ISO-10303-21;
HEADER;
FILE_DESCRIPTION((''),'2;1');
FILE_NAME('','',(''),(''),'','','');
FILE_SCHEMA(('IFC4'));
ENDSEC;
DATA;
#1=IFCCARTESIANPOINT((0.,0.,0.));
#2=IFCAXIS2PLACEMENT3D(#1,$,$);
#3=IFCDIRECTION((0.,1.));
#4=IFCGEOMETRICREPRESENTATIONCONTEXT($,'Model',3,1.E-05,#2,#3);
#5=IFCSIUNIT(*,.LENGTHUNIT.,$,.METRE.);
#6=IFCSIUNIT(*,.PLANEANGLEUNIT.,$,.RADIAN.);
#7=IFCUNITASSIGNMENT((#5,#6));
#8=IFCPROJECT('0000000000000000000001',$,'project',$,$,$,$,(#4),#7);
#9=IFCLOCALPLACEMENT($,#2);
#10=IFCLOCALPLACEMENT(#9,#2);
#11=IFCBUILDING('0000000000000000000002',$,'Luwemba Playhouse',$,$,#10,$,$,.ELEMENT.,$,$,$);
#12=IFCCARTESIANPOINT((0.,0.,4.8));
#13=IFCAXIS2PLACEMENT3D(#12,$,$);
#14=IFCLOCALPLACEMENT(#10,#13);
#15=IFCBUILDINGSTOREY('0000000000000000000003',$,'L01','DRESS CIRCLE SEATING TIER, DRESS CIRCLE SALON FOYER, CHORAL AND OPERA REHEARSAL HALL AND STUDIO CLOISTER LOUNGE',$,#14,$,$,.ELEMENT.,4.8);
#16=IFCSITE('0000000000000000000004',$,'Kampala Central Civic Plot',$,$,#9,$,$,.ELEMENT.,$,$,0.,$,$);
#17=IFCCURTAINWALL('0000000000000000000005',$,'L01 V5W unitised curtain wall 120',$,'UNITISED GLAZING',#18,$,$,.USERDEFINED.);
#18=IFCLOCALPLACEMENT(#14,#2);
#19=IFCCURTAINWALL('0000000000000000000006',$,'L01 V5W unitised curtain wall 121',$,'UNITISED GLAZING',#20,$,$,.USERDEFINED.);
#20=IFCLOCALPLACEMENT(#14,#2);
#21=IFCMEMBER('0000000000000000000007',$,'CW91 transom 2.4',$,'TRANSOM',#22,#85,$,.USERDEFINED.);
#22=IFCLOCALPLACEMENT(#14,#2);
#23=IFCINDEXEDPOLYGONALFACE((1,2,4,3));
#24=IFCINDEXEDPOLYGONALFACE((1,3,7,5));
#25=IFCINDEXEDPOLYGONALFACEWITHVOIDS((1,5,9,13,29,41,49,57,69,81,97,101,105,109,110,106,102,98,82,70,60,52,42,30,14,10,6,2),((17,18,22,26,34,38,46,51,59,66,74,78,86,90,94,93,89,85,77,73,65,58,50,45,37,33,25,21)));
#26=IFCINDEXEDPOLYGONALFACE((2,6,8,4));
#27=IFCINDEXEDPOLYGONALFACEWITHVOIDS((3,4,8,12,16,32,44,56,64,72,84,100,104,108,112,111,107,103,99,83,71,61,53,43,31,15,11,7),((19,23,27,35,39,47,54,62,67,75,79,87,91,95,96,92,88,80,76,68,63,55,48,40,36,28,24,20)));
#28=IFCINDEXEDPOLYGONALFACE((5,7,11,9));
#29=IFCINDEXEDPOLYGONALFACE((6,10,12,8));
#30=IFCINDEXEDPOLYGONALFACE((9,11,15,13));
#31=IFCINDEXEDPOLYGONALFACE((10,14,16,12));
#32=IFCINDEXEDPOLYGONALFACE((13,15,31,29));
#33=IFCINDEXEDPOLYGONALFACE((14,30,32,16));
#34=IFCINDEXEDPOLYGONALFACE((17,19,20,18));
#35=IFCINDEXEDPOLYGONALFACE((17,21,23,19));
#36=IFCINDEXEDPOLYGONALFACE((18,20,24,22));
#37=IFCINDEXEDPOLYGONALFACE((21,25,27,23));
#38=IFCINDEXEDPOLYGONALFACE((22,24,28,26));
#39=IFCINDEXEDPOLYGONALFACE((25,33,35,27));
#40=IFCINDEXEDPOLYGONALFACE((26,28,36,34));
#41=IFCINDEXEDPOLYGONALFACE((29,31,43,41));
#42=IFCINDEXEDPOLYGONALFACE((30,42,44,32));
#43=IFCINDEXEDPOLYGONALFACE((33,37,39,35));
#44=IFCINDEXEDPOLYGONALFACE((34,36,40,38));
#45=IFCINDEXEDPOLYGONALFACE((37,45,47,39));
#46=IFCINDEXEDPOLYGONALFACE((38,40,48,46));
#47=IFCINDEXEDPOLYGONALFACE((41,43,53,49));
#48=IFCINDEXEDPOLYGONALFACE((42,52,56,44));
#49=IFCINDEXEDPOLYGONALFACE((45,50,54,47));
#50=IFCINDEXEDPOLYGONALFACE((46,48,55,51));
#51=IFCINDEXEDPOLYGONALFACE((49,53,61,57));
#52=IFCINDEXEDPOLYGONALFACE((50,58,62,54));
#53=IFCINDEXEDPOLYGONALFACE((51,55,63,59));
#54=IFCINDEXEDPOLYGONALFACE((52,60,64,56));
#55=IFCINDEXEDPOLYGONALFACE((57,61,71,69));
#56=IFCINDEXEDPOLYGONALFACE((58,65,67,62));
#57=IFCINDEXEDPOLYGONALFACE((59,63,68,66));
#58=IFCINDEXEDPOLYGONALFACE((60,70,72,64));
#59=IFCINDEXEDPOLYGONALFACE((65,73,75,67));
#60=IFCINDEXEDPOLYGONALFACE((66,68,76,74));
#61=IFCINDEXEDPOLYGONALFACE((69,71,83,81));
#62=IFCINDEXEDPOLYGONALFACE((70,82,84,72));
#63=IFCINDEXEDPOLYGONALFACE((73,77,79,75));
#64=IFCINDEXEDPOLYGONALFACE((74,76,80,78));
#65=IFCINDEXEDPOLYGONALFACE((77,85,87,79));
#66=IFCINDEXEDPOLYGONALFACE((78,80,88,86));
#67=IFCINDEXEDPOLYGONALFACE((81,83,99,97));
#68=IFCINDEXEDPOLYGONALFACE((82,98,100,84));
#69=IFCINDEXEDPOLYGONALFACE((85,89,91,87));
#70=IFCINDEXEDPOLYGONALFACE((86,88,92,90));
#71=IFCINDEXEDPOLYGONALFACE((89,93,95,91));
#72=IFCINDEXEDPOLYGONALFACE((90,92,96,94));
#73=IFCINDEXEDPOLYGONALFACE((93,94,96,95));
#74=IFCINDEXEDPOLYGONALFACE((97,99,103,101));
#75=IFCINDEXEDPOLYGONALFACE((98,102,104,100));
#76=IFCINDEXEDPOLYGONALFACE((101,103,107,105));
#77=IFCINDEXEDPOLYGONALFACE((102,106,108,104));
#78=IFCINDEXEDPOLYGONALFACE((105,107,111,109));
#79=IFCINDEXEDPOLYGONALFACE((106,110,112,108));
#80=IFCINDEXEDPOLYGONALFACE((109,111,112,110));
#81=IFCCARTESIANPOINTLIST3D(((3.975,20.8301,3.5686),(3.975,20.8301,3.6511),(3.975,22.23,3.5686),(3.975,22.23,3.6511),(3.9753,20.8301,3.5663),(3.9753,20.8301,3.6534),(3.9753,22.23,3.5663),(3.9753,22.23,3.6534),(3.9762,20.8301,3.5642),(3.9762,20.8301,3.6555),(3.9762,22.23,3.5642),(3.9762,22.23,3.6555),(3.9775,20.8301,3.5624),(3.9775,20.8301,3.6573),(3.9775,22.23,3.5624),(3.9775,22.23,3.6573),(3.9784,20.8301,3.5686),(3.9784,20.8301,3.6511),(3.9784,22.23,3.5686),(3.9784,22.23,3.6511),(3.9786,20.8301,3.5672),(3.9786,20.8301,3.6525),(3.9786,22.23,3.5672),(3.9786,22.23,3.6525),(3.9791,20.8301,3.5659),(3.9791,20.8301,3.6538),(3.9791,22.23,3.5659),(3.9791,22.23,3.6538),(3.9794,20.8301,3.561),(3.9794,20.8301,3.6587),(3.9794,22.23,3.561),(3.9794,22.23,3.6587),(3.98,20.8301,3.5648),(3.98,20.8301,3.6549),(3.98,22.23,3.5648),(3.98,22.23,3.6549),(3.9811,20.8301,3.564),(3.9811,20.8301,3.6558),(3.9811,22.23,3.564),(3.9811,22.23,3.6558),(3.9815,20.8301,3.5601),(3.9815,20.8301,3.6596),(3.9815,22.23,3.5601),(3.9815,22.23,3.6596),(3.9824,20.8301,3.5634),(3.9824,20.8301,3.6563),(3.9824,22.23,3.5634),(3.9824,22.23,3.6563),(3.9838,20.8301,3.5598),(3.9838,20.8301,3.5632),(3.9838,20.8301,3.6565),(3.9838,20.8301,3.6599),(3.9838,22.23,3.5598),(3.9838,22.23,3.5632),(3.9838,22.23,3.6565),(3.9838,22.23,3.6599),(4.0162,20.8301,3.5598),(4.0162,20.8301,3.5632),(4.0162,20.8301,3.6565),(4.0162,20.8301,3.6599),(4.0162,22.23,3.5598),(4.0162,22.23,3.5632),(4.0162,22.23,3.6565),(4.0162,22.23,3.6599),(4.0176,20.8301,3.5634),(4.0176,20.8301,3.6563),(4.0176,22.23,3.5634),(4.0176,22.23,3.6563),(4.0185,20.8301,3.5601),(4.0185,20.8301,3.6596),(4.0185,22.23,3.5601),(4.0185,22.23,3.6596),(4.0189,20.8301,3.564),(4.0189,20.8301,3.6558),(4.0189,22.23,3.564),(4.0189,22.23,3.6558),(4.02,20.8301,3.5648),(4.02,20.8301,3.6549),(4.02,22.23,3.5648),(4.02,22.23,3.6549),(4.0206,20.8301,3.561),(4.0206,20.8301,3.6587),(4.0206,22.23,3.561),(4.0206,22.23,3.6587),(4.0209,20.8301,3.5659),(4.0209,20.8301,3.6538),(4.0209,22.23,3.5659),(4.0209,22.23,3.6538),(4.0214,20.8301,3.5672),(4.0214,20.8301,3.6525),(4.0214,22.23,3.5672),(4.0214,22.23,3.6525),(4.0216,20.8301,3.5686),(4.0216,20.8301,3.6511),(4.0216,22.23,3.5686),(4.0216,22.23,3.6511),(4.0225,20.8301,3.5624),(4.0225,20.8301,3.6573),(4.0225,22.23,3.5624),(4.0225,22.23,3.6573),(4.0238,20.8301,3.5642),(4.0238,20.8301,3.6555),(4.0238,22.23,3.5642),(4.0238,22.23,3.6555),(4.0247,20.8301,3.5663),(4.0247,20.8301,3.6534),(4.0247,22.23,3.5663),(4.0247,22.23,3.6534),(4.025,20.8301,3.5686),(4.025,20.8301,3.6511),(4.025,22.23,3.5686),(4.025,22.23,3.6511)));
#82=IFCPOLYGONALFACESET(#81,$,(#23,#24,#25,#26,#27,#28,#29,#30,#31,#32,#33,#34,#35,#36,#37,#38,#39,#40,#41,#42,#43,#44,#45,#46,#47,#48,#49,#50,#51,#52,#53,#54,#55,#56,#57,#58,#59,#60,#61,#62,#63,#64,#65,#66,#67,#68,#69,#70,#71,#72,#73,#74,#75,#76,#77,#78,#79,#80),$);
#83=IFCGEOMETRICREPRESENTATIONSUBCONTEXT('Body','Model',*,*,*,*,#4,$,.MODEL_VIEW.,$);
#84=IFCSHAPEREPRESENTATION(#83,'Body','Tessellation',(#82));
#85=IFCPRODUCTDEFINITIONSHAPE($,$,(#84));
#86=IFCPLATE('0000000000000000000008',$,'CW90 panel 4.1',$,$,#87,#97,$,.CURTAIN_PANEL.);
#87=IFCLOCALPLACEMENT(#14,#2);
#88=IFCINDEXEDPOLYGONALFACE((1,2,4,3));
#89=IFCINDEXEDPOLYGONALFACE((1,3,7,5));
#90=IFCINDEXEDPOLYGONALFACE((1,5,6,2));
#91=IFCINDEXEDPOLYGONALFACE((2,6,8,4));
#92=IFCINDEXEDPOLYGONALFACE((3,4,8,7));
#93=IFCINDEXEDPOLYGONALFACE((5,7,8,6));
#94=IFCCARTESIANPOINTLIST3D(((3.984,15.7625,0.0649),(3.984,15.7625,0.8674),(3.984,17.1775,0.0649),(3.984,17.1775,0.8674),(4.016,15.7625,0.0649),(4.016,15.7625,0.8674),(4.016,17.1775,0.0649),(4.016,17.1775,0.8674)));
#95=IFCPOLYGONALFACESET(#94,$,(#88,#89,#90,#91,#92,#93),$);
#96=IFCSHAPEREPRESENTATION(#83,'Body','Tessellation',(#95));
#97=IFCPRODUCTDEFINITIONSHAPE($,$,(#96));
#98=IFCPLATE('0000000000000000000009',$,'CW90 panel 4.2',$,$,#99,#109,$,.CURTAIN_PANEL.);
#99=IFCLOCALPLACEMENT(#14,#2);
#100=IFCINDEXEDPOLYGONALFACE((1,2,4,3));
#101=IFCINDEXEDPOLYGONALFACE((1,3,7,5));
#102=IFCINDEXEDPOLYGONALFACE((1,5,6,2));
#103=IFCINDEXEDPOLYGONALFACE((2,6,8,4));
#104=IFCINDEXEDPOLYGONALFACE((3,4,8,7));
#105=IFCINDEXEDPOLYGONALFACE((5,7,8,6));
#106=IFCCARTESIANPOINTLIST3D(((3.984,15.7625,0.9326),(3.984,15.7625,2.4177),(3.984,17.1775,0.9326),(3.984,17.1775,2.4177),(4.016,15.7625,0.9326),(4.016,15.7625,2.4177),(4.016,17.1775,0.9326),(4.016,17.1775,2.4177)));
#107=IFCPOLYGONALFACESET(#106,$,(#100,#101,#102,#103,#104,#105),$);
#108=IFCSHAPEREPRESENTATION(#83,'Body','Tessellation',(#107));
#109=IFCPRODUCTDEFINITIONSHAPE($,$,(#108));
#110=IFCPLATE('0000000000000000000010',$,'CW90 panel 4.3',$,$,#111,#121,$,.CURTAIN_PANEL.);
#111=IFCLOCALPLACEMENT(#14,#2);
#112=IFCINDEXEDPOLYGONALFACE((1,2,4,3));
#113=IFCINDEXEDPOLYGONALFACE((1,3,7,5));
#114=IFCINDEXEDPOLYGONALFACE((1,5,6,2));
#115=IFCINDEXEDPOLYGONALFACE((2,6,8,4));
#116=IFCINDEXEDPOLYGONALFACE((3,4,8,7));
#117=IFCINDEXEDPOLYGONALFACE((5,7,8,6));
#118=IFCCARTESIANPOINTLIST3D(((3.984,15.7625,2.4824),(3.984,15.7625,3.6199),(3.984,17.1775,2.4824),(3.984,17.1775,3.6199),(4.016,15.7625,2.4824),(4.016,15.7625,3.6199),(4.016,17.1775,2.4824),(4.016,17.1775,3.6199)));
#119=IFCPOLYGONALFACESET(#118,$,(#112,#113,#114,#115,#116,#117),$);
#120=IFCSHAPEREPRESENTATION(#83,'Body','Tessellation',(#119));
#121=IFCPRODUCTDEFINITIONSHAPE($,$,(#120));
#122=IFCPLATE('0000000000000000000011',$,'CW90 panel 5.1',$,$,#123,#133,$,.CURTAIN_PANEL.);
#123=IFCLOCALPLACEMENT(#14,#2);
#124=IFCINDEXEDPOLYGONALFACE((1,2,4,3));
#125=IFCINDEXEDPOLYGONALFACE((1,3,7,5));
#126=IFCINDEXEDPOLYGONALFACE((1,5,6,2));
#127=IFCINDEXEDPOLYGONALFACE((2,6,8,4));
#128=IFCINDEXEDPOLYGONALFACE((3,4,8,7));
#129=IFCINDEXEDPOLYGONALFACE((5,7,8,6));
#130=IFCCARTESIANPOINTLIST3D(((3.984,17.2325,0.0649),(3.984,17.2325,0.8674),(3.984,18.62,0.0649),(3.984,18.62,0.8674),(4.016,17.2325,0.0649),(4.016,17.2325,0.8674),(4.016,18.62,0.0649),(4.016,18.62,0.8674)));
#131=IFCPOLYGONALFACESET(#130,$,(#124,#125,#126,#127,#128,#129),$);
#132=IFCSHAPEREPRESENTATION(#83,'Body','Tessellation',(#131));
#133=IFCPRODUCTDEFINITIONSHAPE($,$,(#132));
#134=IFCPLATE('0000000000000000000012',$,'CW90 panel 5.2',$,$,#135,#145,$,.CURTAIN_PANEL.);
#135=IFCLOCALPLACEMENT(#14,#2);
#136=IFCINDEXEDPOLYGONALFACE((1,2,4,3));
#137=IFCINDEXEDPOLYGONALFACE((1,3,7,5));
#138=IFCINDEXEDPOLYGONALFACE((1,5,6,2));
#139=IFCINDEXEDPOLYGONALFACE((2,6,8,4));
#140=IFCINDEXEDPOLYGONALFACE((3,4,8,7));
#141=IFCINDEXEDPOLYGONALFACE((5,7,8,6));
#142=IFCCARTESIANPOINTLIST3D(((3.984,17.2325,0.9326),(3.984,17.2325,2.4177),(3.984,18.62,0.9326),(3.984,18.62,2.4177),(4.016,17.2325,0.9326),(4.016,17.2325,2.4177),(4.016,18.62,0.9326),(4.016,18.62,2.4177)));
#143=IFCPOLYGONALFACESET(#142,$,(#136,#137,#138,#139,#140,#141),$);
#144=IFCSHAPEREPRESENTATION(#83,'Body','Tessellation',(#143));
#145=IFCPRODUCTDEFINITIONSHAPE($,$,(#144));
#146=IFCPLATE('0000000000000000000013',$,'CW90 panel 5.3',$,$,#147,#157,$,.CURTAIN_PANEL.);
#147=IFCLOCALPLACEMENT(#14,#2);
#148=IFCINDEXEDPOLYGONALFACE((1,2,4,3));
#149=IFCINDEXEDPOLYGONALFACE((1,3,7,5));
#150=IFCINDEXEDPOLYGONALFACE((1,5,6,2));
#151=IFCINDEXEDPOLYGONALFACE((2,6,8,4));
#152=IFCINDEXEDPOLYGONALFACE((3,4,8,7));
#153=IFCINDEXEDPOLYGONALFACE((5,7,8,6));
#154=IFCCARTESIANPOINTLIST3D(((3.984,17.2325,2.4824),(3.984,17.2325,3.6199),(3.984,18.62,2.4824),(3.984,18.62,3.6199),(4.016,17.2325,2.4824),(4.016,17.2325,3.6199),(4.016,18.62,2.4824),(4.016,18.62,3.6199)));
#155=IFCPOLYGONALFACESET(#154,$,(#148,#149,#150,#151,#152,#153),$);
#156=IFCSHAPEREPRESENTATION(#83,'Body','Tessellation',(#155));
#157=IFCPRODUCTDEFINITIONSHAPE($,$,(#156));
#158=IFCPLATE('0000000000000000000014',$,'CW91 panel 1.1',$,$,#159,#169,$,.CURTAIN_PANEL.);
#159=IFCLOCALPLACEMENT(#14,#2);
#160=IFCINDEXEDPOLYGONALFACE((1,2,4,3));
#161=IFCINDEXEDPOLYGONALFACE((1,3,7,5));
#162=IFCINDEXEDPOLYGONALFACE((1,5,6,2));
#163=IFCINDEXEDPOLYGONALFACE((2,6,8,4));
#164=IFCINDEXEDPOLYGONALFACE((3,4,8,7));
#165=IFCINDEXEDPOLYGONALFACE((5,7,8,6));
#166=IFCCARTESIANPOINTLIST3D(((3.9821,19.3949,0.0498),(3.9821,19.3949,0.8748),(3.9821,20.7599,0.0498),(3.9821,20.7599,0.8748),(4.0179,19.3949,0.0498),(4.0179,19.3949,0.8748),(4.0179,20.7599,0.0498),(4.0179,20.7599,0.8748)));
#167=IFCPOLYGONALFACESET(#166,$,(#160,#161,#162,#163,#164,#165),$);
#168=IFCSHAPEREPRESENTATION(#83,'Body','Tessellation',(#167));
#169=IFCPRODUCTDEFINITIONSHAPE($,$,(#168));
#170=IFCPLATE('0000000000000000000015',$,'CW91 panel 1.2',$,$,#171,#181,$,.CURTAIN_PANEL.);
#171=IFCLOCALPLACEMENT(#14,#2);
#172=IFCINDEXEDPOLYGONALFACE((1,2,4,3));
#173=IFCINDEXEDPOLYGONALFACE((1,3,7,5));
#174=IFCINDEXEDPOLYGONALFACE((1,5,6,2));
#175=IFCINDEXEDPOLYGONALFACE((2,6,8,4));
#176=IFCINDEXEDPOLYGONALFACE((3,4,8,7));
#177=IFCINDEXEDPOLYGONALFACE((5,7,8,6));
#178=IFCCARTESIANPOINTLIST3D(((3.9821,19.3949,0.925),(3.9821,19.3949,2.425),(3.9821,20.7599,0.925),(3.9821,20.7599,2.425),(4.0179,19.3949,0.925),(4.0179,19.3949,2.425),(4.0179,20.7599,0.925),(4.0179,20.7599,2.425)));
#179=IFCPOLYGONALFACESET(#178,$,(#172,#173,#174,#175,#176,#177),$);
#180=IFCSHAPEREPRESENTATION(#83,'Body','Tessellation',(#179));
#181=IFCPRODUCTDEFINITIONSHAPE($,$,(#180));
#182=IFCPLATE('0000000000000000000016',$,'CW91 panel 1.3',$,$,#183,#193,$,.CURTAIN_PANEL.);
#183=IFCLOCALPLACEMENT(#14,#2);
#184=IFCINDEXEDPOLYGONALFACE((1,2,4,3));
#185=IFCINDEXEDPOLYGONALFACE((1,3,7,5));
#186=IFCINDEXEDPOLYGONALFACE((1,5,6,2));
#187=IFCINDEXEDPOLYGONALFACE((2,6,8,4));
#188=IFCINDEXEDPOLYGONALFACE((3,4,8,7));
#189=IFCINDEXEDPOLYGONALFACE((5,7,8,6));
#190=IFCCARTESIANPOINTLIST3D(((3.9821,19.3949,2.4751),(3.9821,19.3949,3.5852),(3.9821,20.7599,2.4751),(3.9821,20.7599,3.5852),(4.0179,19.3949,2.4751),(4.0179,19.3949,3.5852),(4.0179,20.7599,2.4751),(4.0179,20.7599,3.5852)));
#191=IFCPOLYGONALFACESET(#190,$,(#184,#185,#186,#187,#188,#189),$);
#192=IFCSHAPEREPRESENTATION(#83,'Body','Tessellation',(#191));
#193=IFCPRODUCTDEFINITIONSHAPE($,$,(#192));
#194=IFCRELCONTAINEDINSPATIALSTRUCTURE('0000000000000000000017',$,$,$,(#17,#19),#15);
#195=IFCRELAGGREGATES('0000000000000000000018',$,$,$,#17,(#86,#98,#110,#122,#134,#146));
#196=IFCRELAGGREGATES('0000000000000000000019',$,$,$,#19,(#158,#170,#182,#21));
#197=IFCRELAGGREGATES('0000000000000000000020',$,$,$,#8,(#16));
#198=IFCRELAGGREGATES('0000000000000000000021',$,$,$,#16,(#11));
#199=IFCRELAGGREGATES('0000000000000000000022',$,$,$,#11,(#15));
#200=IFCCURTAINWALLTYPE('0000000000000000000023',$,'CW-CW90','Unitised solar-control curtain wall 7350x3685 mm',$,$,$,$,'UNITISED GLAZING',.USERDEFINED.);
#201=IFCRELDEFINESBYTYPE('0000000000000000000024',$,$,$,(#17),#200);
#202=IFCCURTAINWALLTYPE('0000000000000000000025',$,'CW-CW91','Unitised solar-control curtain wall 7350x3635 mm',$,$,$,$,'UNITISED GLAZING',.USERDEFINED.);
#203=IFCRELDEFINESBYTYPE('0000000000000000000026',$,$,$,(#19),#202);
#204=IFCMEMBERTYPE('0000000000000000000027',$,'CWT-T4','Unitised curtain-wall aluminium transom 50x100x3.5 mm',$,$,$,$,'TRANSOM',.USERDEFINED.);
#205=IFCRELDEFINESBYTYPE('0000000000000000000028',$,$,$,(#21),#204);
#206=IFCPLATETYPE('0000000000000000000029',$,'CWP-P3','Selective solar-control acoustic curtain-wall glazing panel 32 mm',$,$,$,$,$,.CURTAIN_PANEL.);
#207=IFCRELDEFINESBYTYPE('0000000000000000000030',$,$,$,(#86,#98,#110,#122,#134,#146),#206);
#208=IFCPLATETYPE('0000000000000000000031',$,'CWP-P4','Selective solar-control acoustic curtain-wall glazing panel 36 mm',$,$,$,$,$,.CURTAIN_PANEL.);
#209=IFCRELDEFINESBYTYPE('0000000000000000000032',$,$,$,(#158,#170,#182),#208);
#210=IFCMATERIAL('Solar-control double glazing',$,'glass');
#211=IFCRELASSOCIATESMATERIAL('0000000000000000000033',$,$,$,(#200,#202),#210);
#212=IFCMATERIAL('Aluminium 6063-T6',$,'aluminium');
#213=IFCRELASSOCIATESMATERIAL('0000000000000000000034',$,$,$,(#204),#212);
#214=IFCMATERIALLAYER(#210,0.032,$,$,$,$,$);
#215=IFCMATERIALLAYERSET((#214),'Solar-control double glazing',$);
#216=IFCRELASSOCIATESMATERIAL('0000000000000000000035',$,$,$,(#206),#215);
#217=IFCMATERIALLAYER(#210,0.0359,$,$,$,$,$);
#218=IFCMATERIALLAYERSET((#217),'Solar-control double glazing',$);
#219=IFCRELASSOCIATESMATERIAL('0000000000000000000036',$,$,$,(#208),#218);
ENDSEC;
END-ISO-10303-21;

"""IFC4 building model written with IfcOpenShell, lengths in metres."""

from ifc_helpers import new_model, si_unit, direction, frame, origin, origin_2d, place, context, subcontext, project, spatial, rectangle, hollow_rectangle, extrude, material, layer, layer_set, material_profile, profile_set, type_object, element, aggregate, save


model = new_model("IFC4")

# Units and contexts
model_context = context("Model", 3, precision=1e-05, world=origin(), true_north=direction((0.0, 1.0)))
body_context = subcontext(model_context, "Body", "Model", "MODEL_VIEW")
ifc_project = project(units=[si_unit("LENGTHUNIT", "METRE"), si_unit("PLANEANGLEUNIT", "RADIAN")], contexts=[model_context])

# Site, building, storey
site_placement = place(None, origin())
site = spatial("IfcSite", under=ifc_project, at=site_placement, Name="Kampala Central Civic Plot", CompositionType="ELEMENT", RefElevation=0.0)
building_placement = place(site_placement, origin())
building = spatial("IfcBuilding", under=site, at=building_placement, Name="Luwemba Playhouse", CompositionType="ELEMENT")
storey_placement = place(building_placement, frame((0.0, 0.0, 4.8)))
storey = spatial("IfcBuildingStorey", under=building, at=storey_placement, Name="L01", Description="DRESS CIRCLE SEATING TIER, DRESS CIRCLE SALON FOYER, CHORAL AND OPERA REHEARSAL HALL AND STUDIO CLOISTER LOUNGE", CompositionType="ELEMENT", Elevation=4.8)

# Curtain walls
ifc_material_1 = material(Name="Solar-control double glazing", Category="glass")
curtain_wall_type_1 = type_object("IfcCurtainWallType", Name="CW-CW90", Description="Unitised solar-control curtain wall 7350x3685 mm", ElementType="UNITISED GLAZING", PredefinedType="USERDEFINED", material=ifc_material_1)
curtain_wall_1_placement = place(storey_placement, origin())
curtain_wall_1 = element("IfcCurtainWall", 1, at=curtain_wall_1_placement, inside=storey, type_object=curtain_wall_type_1, Name="L01 V5W unitised curtain wall 120", ObjectType="UNITISED GLAZING", PredefinedType="USERDEFINED")
ifc_material_2 = material(Name="Aluminium 6063-T6", Category="aluminium")
curtain_wall_type_2 = type_object("IfcCurtainWallType", Name="CW-CW91", Description="Unitised solar-control curtain wall 7350x3635 mm", ElementType="UNITISED GLAZING", PredefinedType="USERDEFINED", material=ifc_material_1)
curtain_wall_2_placement = place(storey_placement, origin())
curtain_wall_2 = element("IfcCurtainWall", 2, at=curtain_wall_2_placement, inside=storey, type_object=curtain_wall_type_2, Name="L01 V5W unitised curtain wall 121", ObjectType="UNITISED GLAZING", PredefinedType="USERDEFINED")

# Member
ifc_material_profile_1 = material_profile(ifc_material_2, hollow_rectangle(XDim=0.05, YDim=0.1001, WallThickness=0.0034, InnerFilletRadius=0.0054, OuterFilletRadius=0.0088, at=origin_2d()))
ifc_profile_set_1 = profile_set([ifc_material_profile_1], Name="Aluminium 6063-T6")
member_type_1 = type_object("IfcMemberType", Name="CWT-T4", Description="Unitised curtain-wall aluminium transom 50x100x3.5 mm", ElementType="TRANSOM", PredefinedType="USERDEFINED", material=ifc_profile_set_1)
member_1_placement = place(storey_placement, frame((4.0, 20.8301, 3.6099), z_axis=(0.0, 1.0, 0.0), x_axis=(-1.0, 0.0, 0.0)))
member_1 = element("IfcMember", 3, at=member_1_placement, type_object=member_type_1, Name="CW91 transom 2.4", ObjectType="TRANSOM", PredefinedType="USERDEFINED", context=body_context, shape_type="SweptSolid", body=[
    extrude(hollow_rectangle(XDim=0.05, YDim=0.1001, WallThickness=0.0034, InnerFilletRadius=0.0054, OuterFilletRadius=0.0088, at=origin_2d()), origin(), (0.0, 0.0, 1.0), 1.3999),
])

# Plates
ifc_layer_1 = layer(ifc_material_1, 0.032)
ifc_layer_set_1 = layer_set([ifc_layer_1], Name="Solar-control double glazing")
plate_type_1 = type_object("IfcPlateType", Name="CWP-P3", Description="Selective solar-control acoustic curtain-wall glazing panel 32 mm", PredefinedType="CURTAIN_PANEL", material=ifc_layer_set_1)
plate_1_placement = place(storey_placement, frame((4.0, 16.47, 0.0649), z_axis=(0.0, 0.0, 1.0), x_axis=(0.0, 1.0, 0.0)))
plate_1 = element("IfcPlate", 4, at=plate_1_placement, type_object=plate_type_1, Name="CW90 panel 4.1", PredefinedType="CURTAIN_PANEL", context=body_context, shape_type="SweptSolid", body=[
    extrude(rectangle(XDim=1.415, YDim=0.032, at=origin_2d()), origin(), (0.0, 0.0, 1.0), 0.8025),
])
plate_2_placement = place(storey_placement, frame((4.0, 16.47, 0.9326), z_axis=(0.0, 0.0, 1.0), x_axis=(0.0, 1.0, 0.0)))
plate_2 = element("IfcPlate", 5, at=plate_2_placement, type_object=plate_type_1, Name="CW90 panel 4.2", PredefinedType="CURTAIN_PANEL", context=body_context, shape_type="SweptSolid", body=[
    extrude(rectangle(XDim=1.415, YDim=0.032, at=origin_2d()), origin(), (0.0, 0.0, 1.0), 1.4851),
])
plate_3_placement = place(storey_placement, frame((4.0, 16.47, 2.4824), z_axis=(0.0, 0.0, 1.0), x_axis=(0.0, 1.0, 0.0)))
plate_3 = element("IfcPlate", 6, at=plate_3_placement, type_object=plate_type_1, Name="CW90 panel 4.3", PredefinedType="CURTAIN_PANEL", context=body_context, shape_type="SweptSolid", body=[
    extrude(rectangle(XDim=1.415, YDim=0.032, at=origin_2d()), origin(), (0.0, 0.0, 1.0), 1.1375),
])
plate_4_placement = place(storey_placement, frame((4.0, 17.9263, 0.0649), z_axis=(0.0, 0.0, 1.0), x_axis=(0.0, 1.0, 0.0)))
plate_4 = element("IfcPlate", 7, at=plate_4_placement, type_object=plate_type_1, Name="CW90 panel 5.1", PredefinedType="CURTAIN_PANEL", context=body_context, shape_type="SweptSolid", body=[
    extrude(rectangle(XDim=1.3875, YDim=0.032, at=origin_2d()), origin(), (0.0, 0.0, 1.0), 0.8025),
])
plate_5_placement = place(storey_placement, frame((4.0, 17.9263, 0.9326), z_axis=(0.0, 0.0, 1.0), x_axis=(0.0, 1.0, 0.0)))
plate_5 = element("IfcPlate", 8, at=plate_5_placement, type_object=plate_type_1, Name="CW90 panel 5.2", PredefinedType="CURTAIN_PANEL", context=body_context, shape_type="SweptSolid", body=[
    extrude(rectangle(XDim=1.3875, YDim=0.032, at=origin_2d()), origin(), (0.0, 0.0, 1.0), 1.4851),
])
plate_6_placement = place(storey_placement, frame((4.0, 17.9263, 2.4824), z_axis=(0.0, 0.0, 1.0), x_axis=(0.0, 1.0, 0.0)))
plate_6 = element("IfcPlate", 9, at=plate_6_placement, type_object=plate_type_1, Name="CW90 panel 5.3", PredefinedType="CURTAIN_PANEL", context=body_context, shape_type="SweptSolid", body=[
    extrude(rectangle(XDim=1.3875, YDim=0.032, at=origin_2d()), origin(), (0.0, 0.0, 1.0), 1.1375),
])
aggregate(curtain_wall_1, [plate_1, plate_2, plate_3, plate_4, plate_5, plate_6])
ifc_layer_2 = layer(ifc_material_1, 0.0359)
ifc_layer_set_2 = layer_set([ifc_layer_2], Name="Solar-control double glazing")
plate_type_2 = type_object("IfcPlateType", Name="CWP-P4", Description="Selective solar-control acoustic curtain-wall glazing panel 36 mm", PredefinedType="CURTAIN_PANEL", material=ifc_layer_set_2)
plate_7_placement = place(storey_placement, frame((4.0, 20.0774, 0.0498), z_axis=(0.0, 0.0, 1.0), x_axis=(0.0, 1.0, 0.0)))
plate_7 = element("IfcPlate", 10, at=plate_7_placement, type_object=plate_type_2, Name="CW91 panel 1.1", PredefinedType="CURTAIN_PANEL", context=body_context, shape_type="SweptSolid", body=[
    extrude(rectangle(XDim=1.365, YDim=0.0359, at=origin_2d()), origin(), (0.0, 0.0, 1.0), 0.825),
])
plate_8_placement = place(storey_placement, frame((4.0, 20.0774, 0.925), z_axis=(0.0, 0.0, 1.0), x_axis=(0.0, 1.0, 0.0)))
plate_8 = element("IfcPlate", 11, at=plate_8_placement, type_object=plate_type_2, Name="CW91 panel 1.2", PredefinedType="CURTAIN_PANEL", context=body_context, shape_type="SweptSolid", body=[
    extrude(rectangle(XDim=1.365, YDim=0.0359, at=origin_2d()), origin(), (0.0, 0.0, 1.0), 1.5),
])
plate_9_placement = place(storey_placement, frame((4.0, 20.0774, 2.4751), z_axis=(0.0, 0.0, 1.0), x_axis=(0.0, 1.0, 0.0)))
plate_9 = element("IfcPlate", 12, at=plate_9_placement, type_object=plate_type_2, Name="CW91 panel 1.3", PredefinedType="CURTAIN_PANEL", context=body_context, shape_type="SweptSolid", body=[
    extrude(rectangle(XDim=1.365, YDim=0.0359, at=origin_2d()), origin(), (0.0, 0.0, 1.0), 1.1101),
])
aggregate(curtain_wall_2, [plate_7, plate_8, plate_9, member_1])

save(model, "model.ifc")
